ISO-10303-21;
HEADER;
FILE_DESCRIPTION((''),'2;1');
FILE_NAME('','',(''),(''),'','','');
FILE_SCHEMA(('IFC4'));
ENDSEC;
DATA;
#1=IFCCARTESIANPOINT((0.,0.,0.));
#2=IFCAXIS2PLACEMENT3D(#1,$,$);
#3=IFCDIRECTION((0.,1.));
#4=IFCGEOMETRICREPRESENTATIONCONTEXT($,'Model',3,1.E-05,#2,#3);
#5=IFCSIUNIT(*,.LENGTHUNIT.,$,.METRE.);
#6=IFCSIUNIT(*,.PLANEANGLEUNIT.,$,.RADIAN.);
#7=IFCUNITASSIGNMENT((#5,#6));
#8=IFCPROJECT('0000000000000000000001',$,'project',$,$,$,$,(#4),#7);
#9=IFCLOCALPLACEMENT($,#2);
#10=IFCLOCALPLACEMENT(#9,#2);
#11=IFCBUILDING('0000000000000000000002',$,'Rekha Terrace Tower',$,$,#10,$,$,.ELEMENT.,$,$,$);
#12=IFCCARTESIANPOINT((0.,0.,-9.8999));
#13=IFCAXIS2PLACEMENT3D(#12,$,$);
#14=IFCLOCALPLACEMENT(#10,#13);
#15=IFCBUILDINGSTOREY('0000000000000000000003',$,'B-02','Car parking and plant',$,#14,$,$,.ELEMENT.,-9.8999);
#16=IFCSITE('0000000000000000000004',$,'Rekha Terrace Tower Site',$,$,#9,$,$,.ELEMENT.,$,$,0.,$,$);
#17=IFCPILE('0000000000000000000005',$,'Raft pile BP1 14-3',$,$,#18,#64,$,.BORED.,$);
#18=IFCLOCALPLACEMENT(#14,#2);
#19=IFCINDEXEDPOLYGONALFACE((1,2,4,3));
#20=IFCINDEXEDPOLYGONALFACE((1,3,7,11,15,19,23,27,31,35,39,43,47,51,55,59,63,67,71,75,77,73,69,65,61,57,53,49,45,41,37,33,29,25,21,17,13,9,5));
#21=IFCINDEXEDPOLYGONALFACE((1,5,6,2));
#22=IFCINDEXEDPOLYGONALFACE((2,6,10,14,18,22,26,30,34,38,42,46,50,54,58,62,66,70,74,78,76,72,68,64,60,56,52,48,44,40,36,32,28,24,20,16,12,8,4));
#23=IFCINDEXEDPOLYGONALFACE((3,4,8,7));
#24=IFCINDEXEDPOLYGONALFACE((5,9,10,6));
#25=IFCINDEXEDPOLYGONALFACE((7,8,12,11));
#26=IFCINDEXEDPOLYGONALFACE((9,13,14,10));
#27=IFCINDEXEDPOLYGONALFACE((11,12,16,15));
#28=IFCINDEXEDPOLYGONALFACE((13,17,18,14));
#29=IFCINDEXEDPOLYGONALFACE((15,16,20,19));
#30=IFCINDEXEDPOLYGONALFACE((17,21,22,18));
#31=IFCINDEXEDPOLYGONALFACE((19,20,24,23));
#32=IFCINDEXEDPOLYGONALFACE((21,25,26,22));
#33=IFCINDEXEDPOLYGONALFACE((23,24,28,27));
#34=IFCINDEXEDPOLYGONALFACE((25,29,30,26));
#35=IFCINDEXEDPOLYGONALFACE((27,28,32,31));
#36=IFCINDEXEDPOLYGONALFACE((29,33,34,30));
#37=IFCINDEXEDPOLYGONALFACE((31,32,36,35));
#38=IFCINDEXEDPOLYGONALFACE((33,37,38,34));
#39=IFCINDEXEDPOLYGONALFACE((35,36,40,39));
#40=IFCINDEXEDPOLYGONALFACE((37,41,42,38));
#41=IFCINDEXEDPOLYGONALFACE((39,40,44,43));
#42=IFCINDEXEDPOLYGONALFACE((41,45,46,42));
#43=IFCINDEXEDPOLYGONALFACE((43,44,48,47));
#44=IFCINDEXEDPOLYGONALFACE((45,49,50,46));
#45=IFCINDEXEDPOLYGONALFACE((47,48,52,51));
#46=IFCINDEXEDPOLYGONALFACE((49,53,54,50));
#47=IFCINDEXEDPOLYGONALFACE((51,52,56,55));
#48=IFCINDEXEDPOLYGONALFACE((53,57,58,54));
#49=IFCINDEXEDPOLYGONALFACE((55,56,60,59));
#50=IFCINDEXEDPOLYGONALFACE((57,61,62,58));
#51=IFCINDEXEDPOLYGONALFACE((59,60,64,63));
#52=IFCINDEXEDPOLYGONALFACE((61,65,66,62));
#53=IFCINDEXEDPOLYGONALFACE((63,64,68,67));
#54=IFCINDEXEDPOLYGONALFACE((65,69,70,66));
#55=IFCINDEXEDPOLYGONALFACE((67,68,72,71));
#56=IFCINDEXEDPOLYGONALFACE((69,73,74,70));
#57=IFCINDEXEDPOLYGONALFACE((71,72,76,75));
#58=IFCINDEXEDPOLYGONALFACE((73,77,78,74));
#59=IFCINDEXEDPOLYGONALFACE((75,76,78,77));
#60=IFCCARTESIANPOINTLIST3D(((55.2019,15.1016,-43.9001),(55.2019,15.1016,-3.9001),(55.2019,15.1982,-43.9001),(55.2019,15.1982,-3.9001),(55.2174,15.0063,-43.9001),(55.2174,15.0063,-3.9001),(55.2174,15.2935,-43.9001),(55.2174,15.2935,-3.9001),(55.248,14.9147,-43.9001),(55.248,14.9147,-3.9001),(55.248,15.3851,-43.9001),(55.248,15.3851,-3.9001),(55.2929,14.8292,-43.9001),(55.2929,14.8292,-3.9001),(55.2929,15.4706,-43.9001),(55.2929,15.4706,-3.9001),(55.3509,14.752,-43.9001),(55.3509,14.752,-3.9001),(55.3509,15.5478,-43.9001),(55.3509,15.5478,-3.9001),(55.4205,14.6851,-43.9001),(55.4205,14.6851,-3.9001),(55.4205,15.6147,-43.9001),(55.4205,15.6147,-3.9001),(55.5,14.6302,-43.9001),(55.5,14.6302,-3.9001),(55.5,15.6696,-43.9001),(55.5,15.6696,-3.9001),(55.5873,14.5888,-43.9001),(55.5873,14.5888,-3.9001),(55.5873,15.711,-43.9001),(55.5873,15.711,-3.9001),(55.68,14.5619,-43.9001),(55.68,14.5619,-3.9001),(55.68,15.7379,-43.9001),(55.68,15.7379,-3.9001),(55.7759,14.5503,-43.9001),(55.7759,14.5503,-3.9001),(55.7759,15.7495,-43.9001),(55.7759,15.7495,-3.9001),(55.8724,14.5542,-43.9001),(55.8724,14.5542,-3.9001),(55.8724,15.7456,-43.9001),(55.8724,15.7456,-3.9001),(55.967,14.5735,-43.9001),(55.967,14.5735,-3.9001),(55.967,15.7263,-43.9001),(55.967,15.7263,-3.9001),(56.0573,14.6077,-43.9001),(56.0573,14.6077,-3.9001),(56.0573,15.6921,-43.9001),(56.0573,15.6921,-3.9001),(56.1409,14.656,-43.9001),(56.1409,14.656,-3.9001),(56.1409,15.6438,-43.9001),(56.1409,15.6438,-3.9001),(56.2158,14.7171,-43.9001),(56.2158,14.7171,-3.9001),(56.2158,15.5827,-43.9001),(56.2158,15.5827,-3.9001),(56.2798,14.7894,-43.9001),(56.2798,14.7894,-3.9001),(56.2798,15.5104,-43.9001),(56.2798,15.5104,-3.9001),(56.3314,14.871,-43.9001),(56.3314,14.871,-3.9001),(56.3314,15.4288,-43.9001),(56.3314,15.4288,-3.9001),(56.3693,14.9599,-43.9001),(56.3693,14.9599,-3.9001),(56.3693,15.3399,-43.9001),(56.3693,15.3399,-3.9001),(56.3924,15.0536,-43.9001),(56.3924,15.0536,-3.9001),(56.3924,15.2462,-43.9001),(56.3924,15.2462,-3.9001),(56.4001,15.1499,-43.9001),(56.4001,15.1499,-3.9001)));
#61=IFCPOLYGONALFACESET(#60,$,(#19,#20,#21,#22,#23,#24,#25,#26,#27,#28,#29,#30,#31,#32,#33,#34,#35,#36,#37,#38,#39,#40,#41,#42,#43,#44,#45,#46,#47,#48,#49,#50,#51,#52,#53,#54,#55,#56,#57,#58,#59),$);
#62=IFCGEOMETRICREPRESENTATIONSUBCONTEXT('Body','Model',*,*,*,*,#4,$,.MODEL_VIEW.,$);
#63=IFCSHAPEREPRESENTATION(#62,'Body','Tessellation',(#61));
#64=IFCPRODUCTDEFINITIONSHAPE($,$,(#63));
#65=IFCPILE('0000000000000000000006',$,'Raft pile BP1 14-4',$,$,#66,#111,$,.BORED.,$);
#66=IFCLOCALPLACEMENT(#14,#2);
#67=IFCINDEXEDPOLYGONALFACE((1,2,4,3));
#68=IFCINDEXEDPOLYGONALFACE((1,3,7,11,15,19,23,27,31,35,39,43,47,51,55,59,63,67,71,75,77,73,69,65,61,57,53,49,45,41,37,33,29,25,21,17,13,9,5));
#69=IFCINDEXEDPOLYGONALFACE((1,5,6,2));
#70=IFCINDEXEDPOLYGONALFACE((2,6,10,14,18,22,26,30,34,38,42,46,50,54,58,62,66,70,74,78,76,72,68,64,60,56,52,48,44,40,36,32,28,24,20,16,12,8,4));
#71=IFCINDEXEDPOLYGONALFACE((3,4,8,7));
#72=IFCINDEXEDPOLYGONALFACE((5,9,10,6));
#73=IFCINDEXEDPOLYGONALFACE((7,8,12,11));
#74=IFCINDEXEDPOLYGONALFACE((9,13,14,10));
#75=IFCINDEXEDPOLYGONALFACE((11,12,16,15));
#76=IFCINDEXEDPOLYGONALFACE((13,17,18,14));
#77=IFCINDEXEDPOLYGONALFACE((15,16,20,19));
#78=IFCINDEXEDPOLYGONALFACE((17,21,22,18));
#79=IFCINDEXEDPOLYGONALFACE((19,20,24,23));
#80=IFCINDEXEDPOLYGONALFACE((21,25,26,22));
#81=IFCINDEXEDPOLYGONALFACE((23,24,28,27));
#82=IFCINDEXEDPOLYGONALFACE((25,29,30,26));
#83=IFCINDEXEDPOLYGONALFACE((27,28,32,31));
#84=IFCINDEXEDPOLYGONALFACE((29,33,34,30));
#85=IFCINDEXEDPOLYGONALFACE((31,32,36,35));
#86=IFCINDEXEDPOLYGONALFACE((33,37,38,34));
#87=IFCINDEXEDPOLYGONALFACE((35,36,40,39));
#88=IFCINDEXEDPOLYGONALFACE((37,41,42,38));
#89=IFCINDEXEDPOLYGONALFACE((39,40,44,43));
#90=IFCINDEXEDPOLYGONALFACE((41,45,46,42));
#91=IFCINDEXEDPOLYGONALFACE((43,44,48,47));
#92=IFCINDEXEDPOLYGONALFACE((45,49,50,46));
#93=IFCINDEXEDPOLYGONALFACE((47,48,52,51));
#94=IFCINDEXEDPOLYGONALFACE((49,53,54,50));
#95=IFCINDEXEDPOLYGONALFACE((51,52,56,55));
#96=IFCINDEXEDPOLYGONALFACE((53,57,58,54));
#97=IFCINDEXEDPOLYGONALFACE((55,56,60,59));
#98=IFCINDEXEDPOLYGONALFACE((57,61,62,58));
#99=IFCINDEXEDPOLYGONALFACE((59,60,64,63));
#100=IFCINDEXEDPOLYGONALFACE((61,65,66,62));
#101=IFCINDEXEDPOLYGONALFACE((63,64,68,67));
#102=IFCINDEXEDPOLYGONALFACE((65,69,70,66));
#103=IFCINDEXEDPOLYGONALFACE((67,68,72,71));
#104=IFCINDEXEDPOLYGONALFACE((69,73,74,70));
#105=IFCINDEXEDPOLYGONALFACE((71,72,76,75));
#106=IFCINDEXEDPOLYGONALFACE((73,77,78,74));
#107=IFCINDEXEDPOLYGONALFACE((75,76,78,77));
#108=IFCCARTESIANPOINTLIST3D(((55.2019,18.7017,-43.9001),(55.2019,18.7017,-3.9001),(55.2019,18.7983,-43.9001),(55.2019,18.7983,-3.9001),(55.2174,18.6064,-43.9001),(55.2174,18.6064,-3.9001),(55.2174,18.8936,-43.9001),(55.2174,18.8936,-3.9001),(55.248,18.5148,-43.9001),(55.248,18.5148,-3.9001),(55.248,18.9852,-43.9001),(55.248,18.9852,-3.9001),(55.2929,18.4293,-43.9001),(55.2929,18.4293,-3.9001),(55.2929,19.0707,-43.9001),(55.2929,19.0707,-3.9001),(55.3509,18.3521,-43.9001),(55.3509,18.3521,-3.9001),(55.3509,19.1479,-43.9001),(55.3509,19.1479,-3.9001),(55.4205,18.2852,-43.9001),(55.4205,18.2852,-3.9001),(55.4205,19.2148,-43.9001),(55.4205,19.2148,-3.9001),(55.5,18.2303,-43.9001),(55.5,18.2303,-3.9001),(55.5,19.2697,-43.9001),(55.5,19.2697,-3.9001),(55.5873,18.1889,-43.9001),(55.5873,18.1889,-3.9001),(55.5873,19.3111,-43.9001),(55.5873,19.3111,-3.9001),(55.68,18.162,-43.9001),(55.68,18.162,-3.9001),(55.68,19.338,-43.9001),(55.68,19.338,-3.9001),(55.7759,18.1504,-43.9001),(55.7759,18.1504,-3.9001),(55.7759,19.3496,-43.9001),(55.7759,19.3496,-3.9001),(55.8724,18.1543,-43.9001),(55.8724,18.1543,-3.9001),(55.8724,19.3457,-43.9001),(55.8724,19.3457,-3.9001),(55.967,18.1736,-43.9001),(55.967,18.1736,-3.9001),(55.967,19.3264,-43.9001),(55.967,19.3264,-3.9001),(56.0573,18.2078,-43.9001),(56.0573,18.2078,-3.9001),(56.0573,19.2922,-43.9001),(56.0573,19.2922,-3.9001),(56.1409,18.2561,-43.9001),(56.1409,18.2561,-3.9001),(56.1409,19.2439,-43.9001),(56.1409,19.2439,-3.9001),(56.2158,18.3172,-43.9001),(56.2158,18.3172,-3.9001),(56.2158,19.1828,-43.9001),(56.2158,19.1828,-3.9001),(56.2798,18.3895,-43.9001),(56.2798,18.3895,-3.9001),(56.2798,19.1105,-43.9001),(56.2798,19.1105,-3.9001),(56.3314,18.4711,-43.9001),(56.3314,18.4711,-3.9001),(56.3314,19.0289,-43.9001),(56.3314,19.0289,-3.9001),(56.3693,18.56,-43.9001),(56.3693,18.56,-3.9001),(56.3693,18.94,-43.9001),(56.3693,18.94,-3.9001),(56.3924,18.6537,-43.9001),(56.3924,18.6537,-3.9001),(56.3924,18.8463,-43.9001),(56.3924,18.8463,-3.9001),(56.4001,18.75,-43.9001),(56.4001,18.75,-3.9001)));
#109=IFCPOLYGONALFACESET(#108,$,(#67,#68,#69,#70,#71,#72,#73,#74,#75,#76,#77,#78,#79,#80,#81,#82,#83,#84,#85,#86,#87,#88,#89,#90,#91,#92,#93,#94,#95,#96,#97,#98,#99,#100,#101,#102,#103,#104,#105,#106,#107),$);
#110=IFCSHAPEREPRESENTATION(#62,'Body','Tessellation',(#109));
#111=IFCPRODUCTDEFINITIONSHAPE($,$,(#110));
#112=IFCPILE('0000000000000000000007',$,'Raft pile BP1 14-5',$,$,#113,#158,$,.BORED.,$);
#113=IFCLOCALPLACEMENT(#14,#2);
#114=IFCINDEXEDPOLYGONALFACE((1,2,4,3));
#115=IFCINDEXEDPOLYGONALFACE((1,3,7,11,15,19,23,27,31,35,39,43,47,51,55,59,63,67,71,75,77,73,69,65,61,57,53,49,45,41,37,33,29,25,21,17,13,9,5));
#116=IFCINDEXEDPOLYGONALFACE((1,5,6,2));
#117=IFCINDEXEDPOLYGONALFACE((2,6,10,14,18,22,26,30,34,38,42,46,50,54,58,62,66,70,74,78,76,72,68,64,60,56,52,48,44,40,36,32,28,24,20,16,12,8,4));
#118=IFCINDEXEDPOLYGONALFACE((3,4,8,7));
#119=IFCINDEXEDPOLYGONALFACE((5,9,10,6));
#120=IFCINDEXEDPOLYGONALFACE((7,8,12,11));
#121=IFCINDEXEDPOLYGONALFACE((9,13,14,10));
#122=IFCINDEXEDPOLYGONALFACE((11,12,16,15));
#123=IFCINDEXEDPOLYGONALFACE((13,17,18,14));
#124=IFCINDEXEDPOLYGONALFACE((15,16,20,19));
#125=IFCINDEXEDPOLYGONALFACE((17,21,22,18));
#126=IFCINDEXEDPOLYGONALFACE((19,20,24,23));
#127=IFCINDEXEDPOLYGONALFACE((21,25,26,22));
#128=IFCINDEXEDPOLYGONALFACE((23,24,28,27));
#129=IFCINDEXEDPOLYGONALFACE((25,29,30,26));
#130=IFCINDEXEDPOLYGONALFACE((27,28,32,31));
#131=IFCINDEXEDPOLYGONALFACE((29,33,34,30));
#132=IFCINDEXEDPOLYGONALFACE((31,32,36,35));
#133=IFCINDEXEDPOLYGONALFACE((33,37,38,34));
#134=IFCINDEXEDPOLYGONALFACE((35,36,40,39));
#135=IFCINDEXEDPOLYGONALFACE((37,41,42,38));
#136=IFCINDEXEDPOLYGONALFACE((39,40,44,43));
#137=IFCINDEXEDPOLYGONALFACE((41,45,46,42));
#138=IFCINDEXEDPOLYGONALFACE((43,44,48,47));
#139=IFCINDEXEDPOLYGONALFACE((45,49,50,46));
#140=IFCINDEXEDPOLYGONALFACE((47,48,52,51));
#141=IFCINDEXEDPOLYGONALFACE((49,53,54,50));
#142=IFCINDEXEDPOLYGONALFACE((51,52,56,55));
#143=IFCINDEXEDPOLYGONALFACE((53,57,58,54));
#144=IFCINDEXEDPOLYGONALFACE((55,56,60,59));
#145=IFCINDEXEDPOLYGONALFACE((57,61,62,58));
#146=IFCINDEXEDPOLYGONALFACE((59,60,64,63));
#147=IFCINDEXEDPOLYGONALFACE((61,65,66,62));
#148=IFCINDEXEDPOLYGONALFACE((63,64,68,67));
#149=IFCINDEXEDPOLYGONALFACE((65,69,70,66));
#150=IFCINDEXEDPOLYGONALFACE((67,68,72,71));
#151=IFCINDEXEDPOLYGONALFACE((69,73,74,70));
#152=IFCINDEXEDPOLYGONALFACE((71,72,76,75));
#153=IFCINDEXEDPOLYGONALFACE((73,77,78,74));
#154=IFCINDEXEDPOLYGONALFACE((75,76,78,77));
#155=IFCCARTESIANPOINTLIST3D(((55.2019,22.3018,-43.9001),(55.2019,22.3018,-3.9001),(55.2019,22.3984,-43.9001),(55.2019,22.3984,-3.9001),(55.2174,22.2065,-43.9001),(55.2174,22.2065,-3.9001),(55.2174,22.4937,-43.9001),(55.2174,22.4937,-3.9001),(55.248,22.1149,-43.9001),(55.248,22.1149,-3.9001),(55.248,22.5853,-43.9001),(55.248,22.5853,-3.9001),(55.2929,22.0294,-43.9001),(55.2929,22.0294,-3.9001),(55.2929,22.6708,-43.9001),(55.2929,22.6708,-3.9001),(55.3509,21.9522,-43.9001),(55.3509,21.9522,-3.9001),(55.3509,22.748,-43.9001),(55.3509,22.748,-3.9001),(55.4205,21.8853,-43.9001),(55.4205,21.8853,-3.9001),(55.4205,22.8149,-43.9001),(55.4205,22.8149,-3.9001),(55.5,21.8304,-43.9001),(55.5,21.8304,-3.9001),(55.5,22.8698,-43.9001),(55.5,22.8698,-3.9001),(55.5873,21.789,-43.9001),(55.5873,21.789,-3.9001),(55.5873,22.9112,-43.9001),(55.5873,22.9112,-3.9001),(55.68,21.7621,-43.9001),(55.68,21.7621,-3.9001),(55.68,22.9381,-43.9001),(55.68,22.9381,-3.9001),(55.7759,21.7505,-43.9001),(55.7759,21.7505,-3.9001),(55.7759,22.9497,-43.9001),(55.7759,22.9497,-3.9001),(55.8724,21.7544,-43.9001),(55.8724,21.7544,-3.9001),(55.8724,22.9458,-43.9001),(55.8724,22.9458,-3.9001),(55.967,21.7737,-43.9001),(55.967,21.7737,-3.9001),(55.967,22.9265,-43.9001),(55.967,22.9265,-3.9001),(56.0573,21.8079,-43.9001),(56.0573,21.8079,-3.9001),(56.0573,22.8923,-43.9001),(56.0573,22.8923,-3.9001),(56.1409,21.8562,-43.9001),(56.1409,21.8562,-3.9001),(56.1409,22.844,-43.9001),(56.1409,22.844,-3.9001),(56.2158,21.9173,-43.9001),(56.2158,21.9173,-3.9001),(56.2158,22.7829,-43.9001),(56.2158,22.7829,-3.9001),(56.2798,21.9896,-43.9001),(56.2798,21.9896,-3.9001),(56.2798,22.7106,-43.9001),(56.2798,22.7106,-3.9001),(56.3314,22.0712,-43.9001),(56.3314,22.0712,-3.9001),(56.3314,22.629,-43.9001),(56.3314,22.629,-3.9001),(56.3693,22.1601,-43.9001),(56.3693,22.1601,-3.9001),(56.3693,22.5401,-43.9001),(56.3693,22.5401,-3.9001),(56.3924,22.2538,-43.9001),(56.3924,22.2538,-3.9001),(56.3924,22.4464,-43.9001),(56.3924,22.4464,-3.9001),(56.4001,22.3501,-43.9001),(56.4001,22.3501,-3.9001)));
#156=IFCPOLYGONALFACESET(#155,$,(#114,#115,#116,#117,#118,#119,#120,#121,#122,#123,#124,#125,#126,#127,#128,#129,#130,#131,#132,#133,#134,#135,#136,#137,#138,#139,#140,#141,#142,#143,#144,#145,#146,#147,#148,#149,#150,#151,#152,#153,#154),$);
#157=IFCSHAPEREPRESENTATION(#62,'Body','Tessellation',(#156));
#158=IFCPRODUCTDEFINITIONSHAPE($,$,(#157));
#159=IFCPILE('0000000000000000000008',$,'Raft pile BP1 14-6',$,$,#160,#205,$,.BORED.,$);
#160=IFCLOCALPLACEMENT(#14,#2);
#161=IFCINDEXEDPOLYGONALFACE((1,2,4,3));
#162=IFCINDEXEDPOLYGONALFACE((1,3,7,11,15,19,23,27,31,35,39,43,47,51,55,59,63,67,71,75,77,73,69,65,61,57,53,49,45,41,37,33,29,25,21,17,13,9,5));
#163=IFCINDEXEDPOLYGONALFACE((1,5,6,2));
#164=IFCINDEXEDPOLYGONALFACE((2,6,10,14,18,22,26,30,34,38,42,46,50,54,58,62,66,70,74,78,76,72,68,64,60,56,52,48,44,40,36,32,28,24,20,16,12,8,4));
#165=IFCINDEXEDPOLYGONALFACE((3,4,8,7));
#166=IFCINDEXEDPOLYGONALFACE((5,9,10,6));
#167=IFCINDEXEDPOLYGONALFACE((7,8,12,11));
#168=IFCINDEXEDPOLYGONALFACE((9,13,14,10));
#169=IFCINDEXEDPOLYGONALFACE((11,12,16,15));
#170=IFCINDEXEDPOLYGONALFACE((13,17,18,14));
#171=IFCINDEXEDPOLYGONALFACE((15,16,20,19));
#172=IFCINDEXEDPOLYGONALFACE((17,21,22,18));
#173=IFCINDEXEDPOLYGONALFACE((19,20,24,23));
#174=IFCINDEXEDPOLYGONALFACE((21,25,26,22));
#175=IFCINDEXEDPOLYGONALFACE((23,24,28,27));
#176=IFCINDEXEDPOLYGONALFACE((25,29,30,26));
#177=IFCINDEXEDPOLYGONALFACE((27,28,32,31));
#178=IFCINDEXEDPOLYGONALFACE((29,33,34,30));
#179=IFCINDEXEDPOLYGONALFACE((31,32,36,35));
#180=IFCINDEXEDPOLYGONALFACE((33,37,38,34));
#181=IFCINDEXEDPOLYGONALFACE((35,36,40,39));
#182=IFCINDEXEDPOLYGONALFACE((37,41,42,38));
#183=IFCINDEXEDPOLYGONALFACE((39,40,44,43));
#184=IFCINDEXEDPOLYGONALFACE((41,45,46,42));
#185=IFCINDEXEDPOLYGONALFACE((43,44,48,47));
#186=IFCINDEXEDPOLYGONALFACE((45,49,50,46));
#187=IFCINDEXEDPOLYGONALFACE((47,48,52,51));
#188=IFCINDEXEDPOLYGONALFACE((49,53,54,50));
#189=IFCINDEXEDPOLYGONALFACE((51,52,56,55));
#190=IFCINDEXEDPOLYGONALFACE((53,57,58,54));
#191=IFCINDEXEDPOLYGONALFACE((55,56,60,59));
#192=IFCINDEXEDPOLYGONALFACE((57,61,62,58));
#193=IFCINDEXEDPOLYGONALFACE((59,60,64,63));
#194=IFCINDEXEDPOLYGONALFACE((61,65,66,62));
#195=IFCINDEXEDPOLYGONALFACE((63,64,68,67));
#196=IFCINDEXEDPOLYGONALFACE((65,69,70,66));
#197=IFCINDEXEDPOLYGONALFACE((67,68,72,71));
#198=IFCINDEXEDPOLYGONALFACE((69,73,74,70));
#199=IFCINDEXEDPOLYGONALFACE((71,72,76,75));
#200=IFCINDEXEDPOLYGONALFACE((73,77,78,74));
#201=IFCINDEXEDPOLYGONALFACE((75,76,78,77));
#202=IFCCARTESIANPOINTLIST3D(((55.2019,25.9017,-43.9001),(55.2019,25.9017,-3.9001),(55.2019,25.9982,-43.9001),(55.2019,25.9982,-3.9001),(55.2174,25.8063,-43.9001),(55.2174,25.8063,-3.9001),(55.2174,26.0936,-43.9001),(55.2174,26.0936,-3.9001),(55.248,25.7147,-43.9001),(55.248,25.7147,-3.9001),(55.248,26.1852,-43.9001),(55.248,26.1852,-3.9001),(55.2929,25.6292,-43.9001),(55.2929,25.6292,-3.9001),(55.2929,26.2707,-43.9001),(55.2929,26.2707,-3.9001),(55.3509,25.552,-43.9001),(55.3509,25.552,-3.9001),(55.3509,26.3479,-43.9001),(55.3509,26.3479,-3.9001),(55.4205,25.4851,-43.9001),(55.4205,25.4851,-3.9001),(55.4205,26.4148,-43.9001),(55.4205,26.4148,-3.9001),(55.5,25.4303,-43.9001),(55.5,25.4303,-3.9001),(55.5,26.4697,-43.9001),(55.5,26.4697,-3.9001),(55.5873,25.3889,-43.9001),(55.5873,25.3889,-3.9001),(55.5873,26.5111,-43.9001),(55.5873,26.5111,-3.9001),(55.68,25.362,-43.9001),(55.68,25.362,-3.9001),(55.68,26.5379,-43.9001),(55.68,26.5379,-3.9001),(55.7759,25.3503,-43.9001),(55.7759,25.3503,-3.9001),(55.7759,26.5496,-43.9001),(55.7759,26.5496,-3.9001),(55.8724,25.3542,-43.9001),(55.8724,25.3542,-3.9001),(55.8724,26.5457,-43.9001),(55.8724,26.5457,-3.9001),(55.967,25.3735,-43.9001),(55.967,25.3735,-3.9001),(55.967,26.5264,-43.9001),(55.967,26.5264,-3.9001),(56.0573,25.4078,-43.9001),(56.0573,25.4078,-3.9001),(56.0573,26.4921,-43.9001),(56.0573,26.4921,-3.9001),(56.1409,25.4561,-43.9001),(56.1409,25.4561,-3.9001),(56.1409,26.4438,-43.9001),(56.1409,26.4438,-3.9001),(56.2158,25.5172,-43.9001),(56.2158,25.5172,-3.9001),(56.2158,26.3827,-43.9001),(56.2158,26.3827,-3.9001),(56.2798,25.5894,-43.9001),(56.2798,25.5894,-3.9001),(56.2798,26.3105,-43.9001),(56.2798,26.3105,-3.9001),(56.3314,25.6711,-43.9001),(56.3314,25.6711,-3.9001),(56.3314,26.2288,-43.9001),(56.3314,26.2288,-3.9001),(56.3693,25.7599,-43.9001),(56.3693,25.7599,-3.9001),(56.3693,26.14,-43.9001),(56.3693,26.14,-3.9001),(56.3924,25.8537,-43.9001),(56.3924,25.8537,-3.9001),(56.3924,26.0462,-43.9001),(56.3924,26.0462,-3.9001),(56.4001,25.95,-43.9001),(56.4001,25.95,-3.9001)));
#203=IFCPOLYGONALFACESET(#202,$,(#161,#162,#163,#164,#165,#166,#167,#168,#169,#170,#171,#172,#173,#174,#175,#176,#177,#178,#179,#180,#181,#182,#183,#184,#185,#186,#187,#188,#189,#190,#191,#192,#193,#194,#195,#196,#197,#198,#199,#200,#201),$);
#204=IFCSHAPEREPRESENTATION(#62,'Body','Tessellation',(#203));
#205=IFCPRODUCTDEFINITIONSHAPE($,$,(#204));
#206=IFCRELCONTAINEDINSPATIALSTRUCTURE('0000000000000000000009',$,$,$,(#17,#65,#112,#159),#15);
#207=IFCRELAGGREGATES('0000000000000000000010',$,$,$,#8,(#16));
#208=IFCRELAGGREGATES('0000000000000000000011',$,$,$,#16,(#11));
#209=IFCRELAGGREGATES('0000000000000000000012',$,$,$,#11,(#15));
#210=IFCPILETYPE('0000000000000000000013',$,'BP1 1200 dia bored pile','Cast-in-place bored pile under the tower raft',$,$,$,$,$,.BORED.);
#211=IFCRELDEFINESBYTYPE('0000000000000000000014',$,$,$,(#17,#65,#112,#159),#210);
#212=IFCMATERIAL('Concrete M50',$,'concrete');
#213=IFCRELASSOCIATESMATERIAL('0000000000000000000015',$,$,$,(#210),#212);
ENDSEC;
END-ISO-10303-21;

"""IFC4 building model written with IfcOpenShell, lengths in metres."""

from ifc_helpers import new_model, si_unit, direction, frame, origin, origin_2d, place, context, subcontext, project, spatial, circle, extrude, material, type_object, element, save


model = new_model("IFC4")

# Units and contexts
model_context = context("Model", 3, precision=1e-05, world=origin(), true_north=direction((0.0, 1.0)))
body_context = subcontext(model_context, "Body", "Model", "MODEL_VIEW")
ifc_project = project(units=[si_unit("LENGTHUNIT", "METRE"), si_unit("PLANEANGLEUNIT", "RADIAN")], contexts=[model_context])

# Site, building, storey
site_placement = place(None, origin())
site = spatial("IfcSite", under=ifc_project, at=site_placement, Name="Rekha Terrace Tower Site", CompositionType="ELEMENT", RefElevation=0.0)
building_placement = place(site_placement, origin())
building = spatial("IfcBuilding", under=site, at=building_placement, Name="Rekha Terrace Tower", CompositionType="ELEMENT")
storey_placement = place(building_placement, frame((0.0, 0.0, -9.8999)))
storey = spatial("IfcBuildingStorey", under=building, at=storey_placement, Name="B-02", Description="Car parking and plant", CompositionType="ELEMENT", Elevation=-9.8999)

# Piles
ifc_material_1 = material(Name="Concrete M50", Category="concrete")
pile_type = type_object("IfcPileType", Name="BP1 1200 dia bored pile", Description="Cast-in-place bored pile under the tower raft", PredefinedType="BORED", material=ifc_material_1)
for number, where, z_axis, x_axis, name in (
    (1, (55.8, 15.1499, -3.9001), (0.0, 0.0, -1.0), (1.0, 0.0, 0.0), "Raft pile BP1 14-3"),
    (2, (55.8, 18.75, -3.9001), (0.0, 0.0, -1.0), (1.0, 0.0, 0.0), "Raft pile BP1 14-4"),
    (3, (55.8, 22.3501, -3.9001), (0.0, 0.0, -1.0), (1.0, 0.0, 0.0), "Raft pile BP1 14-5"),
    (4, (55.8, 25.95, -3.9001), (0.0, 0.0, -1.0), (1.0, 0.0, 0.0), "Raft pile BP1 14-6"),
):
    element("IfcPile", number, at=place(storey_placement, frame(where, z_axis=z_axis, x_axis=x_axis)), inside=storey, type_object=pile_type, Name=name, PredefinedType="BORED", context=body_context, shape_type="SweptSolid", body=[
        extrude(circle(Radius=0.6001, at=origin_2d()), origin(), (0.0, 0.0, 1.0), 40.0),
    ])

save(model, "model.ifc")
